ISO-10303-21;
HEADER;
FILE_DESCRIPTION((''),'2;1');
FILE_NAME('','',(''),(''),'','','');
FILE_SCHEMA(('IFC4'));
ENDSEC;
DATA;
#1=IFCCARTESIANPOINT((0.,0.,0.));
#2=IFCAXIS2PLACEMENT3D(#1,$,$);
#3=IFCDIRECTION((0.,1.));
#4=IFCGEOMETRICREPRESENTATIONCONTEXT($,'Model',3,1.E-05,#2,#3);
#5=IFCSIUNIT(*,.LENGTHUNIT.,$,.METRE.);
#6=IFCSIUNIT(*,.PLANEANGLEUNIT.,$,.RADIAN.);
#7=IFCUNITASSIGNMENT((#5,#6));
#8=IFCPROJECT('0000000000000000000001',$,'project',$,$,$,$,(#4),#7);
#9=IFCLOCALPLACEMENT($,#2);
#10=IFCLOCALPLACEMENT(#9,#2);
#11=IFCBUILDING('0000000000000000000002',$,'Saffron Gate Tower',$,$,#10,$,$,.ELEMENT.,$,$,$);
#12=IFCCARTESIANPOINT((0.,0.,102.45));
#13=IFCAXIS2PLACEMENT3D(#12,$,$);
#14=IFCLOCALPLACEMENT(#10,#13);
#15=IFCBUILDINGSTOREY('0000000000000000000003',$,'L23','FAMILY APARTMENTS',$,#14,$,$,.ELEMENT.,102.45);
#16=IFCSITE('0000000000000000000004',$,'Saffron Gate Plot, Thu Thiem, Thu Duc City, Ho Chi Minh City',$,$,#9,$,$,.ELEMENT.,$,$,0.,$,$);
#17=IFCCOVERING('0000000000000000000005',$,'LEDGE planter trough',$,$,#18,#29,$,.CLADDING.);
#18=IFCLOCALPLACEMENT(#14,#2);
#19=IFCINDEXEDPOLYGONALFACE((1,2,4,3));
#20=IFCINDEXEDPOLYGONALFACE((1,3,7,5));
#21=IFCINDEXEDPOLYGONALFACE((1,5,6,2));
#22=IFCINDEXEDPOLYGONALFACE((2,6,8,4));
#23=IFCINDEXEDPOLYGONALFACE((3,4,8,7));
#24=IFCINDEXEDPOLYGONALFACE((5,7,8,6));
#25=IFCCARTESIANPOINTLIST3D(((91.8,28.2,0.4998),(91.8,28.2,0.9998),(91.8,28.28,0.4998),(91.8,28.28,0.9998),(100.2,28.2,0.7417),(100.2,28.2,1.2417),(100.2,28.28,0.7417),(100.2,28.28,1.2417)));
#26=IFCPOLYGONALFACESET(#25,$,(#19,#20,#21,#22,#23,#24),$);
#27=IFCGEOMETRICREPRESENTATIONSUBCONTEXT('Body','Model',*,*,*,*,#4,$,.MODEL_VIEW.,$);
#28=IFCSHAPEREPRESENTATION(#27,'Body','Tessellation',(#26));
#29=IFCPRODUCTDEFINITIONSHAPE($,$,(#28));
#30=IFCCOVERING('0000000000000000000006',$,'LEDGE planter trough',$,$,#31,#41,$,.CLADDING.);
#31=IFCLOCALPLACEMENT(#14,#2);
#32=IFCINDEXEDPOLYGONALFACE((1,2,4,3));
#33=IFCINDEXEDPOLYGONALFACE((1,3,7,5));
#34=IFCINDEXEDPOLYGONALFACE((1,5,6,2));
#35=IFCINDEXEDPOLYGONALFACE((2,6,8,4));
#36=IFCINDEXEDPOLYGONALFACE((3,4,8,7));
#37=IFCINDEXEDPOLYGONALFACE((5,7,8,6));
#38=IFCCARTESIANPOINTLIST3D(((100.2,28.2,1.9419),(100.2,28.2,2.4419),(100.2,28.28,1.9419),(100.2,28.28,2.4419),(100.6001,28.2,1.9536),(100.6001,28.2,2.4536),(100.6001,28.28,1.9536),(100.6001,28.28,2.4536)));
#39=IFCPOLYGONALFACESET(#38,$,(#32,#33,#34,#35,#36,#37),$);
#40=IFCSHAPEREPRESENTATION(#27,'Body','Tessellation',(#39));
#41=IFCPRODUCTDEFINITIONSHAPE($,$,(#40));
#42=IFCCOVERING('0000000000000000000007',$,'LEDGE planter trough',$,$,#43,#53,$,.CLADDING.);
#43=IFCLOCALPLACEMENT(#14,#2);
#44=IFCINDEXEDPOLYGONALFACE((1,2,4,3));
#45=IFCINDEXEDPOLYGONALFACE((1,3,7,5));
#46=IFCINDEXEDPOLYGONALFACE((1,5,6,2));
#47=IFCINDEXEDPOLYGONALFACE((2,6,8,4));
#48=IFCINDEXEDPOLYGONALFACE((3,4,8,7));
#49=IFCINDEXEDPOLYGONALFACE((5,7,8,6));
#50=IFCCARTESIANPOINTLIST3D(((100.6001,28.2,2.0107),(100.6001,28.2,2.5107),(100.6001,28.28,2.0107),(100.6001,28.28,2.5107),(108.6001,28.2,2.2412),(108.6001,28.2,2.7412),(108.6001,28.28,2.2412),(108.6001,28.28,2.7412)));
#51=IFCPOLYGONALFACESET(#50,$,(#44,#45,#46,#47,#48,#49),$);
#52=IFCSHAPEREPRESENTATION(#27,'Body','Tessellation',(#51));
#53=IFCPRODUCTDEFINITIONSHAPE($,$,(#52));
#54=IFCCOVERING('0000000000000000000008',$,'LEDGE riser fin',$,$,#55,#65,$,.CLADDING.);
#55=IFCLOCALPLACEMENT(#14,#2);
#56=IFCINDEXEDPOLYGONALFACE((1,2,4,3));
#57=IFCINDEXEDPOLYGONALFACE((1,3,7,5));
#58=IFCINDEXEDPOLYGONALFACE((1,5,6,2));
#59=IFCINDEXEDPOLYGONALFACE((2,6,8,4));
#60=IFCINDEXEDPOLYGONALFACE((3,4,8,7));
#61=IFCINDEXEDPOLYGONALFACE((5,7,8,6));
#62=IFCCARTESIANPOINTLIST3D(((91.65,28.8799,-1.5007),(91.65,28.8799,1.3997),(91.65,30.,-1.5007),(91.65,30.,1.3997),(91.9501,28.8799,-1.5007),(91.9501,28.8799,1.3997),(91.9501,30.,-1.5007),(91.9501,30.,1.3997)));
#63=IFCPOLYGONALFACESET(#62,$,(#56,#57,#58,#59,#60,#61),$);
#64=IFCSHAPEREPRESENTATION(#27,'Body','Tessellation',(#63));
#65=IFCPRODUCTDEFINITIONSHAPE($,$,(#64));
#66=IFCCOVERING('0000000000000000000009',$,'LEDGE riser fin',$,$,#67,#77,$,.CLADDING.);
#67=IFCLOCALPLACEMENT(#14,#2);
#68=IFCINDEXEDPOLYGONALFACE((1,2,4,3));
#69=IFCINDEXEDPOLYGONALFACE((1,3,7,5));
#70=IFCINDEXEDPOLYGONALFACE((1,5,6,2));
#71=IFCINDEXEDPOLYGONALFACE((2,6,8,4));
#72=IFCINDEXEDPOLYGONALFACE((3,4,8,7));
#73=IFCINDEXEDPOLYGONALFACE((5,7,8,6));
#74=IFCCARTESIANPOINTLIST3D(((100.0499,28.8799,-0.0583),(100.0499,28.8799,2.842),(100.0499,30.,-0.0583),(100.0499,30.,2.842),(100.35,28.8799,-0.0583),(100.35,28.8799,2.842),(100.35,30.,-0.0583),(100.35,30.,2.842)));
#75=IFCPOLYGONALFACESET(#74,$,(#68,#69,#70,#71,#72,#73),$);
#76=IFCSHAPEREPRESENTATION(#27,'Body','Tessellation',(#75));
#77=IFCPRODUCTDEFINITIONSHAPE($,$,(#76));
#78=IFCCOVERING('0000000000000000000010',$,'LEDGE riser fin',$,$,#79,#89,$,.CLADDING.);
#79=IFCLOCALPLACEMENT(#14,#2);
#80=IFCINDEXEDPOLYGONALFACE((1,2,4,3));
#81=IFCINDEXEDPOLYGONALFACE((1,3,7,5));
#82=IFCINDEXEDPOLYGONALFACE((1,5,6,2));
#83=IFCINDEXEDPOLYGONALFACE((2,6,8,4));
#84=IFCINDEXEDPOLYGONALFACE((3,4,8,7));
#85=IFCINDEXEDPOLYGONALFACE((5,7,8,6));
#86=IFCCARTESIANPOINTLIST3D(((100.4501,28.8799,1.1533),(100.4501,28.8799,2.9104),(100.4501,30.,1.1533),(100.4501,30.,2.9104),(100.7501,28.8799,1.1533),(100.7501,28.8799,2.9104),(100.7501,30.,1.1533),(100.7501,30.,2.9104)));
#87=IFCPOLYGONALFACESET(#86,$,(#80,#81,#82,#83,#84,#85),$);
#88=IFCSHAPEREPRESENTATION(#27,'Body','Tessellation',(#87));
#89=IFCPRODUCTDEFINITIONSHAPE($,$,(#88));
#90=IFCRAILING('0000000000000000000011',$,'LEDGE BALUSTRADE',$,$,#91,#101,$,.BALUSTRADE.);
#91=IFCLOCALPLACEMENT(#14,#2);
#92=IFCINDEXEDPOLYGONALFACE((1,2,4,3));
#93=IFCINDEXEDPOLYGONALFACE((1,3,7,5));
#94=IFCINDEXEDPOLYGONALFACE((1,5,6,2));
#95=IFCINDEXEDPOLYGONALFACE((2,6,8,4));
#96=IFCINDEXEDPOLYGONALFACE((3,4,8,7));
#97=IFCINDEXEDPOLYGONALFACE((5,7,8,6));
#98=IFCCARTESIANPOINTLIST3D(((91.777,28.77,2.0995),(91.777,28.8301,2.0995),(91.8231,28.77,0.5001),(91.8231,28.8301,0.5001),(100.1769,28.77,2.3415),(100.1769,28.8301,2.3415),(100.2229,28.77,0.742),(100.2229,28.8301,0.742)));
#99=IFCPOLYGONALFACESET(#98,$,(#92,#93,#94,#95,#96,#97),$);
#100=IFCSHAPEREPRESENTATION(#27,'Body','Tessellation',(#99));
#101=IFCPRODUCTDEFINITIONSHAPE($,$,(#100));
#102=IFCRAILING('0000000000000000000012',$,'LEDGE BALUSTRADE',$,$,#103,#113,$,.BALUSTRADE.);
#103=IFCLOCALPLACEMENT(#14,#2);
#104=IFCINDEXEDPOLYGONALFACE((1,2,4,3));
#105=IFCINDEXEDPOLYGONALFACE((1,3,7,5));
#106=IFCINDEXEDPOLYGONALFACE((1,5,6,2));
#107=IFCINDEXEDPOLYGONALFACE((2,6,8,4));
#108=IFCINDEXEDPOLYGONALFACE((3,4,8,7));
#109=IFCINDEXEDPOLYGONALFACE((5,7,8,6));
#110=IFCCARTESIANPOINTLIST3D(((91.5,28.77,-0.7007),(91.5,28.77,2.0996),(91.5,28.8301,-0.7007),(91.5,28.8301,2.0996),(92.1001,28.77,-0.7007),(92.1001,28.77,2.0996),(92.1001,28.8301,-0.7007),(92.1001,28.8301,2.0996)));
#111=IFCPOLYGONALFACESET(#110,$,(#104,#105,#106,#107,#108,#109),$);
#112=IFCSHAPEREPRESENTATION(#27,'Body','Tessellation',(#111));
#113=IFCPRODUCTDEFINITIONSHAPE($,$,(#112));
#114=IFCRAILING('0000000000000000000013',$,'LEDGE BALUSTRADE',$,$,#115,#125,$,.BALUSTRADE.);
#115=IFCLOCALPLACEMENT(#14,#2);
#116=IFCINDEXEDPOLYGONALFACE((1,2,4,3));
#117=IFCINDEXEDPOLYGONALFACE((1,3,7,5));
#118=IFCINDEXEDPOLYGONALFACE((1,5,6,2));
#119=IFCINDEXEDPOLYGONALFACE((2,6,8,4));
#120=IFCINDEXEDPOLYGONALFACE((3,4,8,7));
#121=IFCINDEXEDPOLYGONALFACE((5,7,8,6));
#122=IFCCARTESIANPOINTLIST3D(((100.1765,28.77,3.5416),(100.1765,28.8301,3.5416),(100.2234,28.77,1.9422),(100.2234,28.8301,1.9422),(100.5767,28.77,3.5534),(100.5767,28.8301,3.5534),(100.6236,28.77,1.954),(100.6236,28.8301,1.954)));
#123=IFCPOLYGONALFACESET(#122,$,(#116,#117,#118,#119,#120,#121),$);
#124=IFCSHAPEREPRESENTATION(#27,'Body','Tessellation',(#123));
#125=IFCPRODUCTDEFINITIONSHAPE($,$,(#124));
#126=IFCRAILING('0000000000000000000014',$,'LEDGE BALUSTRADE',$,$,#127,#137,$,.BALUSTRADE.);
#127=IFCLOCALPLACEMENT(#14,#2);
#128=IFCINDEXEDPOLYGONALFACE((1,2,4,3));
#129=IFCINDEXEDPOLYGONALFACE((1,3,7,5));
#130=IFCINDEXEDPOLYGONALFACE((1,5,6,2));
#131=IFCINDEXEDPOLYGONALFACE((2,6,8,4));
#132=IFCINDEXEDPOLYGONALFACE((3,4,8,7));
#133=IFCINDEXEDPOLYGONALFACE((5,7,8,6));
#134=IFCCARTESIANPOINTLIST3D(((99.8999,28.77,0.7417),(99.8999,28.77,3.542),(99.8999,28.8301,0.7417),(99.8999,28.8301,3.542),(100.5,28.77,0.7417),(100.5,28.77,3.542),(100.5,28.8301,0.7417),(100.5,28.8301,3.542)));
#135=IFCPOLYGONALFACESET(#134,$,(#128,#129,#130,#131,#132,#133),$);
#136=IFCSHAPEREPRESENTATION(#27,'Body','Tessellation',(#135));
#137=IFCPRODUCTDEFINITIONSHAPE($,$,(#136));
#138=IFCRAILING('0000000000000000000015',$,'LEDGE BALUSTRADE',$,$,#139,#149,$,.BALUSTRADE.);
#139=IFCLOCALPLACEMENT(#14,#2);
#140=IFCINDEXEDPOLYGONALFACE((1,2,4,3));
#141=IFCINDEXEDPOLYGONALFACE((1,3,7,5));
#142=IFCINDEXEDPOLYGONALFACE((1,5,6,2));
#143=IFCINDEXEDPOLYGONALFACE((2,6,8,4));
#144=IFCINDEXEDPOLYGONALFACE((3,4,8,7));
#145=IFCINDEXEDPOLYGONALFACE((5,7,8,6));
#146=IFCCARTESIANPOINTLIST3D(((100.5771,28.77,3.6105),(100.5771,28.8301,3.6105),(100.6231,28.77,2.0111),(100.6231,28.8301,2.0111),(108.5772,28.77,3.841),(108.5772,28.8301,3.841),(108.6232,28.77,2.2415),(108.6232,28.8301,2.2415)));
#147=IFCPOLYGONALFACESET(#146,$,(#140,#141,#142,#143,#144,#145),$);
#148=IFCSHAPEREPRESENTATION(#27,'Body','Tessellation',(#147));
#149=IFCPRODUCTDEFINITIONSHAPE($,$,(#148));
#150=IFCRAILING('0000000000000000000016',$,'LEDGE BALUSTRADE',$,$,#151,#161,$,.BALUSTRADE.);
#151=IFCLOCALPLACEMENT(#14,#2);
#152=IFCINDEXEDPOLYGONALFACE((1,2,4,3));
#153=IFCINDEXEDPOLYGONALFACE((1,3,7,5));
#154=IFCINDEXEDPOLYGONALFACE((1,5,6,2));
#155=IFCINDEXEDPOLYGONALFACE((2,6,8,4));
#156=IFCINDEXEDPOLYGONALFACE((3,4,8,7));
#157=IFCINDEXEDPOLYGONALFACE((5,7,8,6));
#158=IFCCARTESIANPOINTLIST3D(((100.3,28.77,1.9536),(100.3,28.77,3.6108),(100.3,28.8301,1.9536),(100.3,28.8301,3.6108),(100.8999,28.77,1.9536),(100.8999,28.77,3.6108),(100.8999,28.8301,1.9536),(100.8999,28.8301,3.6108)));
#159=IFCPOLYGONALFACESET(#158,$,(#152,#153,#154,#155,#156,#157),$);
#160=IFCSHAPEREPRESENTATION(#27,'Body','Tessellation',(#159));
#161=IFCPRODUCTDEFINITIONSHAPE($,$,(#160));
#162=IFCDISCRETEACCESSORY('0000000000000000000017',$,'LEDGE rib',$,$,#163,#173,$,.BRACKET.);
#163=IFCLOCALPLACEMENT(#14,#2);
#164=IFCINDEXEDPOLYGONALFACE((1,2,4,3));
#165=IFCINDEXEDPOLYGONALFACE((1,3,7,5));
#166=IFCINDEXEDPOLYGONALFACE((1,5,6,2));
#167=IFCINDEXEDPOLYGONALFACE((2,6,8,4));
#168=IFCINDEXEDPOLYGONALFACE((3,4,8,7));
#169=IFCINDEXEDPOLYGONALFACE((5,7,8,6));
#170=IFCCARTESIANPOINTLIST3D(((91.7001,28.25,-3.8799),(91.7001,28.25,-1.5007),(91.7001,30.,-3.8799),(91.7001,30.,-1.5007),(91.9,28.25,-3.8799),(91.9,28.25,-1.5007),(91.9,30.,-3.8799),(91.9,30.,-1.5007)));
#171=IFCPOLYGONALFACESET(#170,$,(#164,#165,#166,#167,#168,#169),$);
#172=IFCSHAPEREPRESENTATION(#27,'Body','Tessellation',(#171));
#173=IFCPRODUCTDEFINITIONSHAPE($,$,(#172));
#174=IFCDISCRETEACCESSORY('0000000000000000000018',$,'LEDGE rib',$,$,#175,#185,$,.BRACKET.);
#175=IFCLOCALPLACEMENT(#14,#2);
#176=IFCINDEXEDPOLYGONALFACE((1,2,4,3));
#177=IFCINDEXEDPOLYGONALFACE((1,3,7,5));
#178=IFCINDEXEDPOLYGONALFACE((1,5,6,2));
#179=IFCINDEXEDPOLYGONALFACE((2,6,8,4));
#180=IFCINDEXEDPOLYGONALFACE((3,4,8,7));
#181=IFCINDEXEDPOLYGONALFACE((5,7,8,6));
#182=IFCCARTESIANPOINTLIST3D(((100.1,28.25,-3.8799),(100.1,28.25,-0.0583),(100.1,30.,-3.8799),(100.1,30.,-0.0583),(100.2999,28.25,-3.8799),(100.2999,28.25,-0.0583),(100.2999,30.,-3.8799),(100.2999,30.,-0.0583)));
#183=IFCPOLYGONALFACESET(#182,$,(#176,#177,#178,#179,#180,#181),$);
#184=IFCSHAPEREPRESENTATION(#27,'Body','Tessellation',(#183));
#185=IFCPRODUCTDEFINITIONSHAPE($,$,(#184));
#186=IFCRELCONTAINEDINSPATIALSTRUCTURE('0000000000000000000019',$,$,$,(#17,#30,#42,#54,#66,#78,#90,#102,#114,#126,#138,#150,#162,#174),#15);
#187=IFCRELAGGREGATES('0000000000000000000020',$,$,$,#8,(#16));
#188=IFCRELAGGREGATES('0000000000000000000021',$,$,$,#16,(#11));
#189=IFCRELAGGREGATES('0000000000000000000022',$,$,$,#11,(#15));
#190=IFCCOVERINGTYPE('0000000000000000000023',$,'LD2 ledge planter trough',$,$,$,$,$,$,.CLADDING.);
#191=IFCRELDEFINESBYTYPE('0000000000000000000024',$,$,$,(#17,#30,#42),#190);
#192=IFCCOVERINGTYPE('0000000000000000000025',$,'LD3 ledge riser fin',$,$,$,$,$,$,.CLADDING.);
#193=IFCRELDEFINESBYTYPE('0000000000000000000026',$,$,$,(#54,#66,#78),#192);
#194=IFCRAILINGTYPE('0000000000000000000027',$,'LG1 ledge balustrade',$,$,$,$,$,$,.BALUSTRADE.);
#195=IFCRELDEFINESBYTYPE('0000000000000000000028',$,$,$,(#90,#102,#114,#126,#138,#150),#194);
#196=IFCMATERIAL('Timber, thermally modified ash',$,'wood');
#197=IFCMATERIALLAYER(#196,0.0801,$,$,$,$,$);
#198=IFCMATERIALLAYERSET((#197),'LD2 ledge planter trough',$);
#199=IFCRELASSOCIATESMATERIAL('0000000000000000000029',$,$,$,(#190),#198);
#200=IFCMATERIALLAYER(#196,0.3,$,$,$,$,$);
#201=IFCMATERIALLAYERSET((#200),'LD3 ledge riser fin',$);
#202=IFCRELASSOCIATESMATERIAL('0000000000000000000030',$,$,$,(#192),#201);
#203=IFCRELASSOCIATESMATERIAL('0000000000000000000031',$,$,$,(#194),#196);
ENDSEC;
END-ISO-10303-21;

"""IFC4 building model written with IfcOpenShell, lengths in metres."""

from ifc_helpers import new_model, si_unit, direction, frame, origin, origin_2d, place, context, subcontext, project, spatial, polyline, rectangle, outline, extrude, material, layer, layer_set, type_object, element, save


model = new_model("IFC4")

# Units and contexts
model_context = context("Model", 3, precision=1e-05, world=origin(), true_north=direction((0.0, 1.0)))
body_context = subcontext(model_context, "Body", "Model", "MODEL_VIEW")
ifc_project = project(units=[si_unit("LENGTHUNIT", "METRE"), si_unit("PLANEANGLEUNIT", "RADIAN")], contexts=[model_context])

# Site, building, storey
site_placement = place(None, origin())
site = spatial("IfcSite", under=ifc_project, at=site_placement, Name="Saffron Gate Plot, Thu Thiem, Thu Duc City, Ho Chi Minh City", CompositionType="ELEMENT", RefElevation=0.0)
building_placement = place(site_placement, origin())
building = spatial("IfcBuilding", under=site, at=building_placement, Name="Saffron Gate Tower", CompositionType="ELEMENT")
storey_placement = place(building_placement, frame((0.0, 0.0, 102.45)))
storey = spatial("IfcBuildingStorey", under=building, at=storey_placement, Name="L23", Description="FAMILY APARTMENTS", CompositionType="ELEMENT", Elevation=102.45)

# Coverings
ifc_material_1 = material(Name="Timber, thermally modified ash", Category="wood")
ifc_layer_1 = layer(ifc_material_1, 0.0801)
ifc_layer_set_1 = layer_set([ifc_layer_1], Name="LD2 ledge planter trough")
covering_type_1 = type_object("IfcCoveringType", Name="LD2 ledge planter trough", PredefinedType="CLADDING", material=ifc_layer_set_1)
covering_1_placement = place(storey_placement, frame((91.8, 28.2, 0.4998), z_axis=(0.0, -1.0, 0.0), x_axis=(0.999585, 0.0, 0.028791)))
element("IfcCovering", 1, at=covering_1_placement, inside=storey, type_object=covering_type_1, Name="LEDGE planter trough", PredefinedType="CLADDING", context=body_context, shape_type="SweptSolid", body=[
    extrude(outline(polyline([(0.0, 0.0), (8.4034, 0.0), (8.4178, 0.4998), (0.0144, 0.4998), (0.0, 0.0)])), origin(), (0.0, 0.0, -1.0), 0.0801),
])
covering_2_placement = place(storey_placement, frame((100.2, 28.2, 1.9419), z_axis=(0.0, -1.0, 0.0), x_axis=(0.999571, 0.0, 0.029274)))
element("IfcCovering", 2, at=covering_2_placement, inside=storey, type_object=covering_type_1, Name="LEDGE planter trough", PredefinedType="CLADDING", context=body_context, shape_type="SweptSolid", body=[
    extrude(outline(polyline([(0.0, 0.0), (0.4003, 0.0), (0.415, 0.4998), (0.0146, 0.4998), (0.0, 0.0)])), origin(), (0.0, 0.0, -1.0), 0.0801),
])
covering_3_placement = place(storey_placement, frame((100.6001, 28.2, 2.0107), z_axis=(0.0, -1.0, 0.0), x_axis=(0.999585, 0.0, 0.028797)))
element("IfcCovering", 3, at=covering_3_placement, inside=storey, type_object=covering_type_1, Name="LEDGE planter trough", PredefinedType="CLADDING", context=body_context, shape_type="SweptSolid", body=[
    extrude(outline(polyline([(0.0, 0.0), (8.0033, 0.0), (8.0177, 0.4998), (0.0144, 0.4998), (0.0, 0.0)])), origin(), (0.0, 0.0, -1.0), 0.0801),
])
ifc_layer_2 = layer(ifc_material_1, 0.3)
ifc_layer_set_2 = layer_set([ifc_layer_2], Name="LD3 ledge riser fin")
covering_type_2 = type_object("IfcCoveringType", Name="LD3 ledge riser fin", PredefinedType="CLADDING", material=ifc_layer_set_2)
for number, where, z_axis, x_axis, name in (
    (4, (91.8, 29.4399, -1.5007), (0.0, 0.0, 1.0), (1.0, 0.0, 0.0), "LEDGE riser fin"),
    (5, (100.2, 29.4399, -0.0583), (0.0, 0.0, 1.0), (1.0, 0.0, 0.0), "LEDGE riser fin"),
):
    element("IfcCovering", number, at=place(storey_placement, frame(where, z_axis=z_axis, x_axis=x_axis)), inside=storey, type_object=covering_type_2, Name=name, PredefinedType="CLADDING", context=body_context, shape_type="SweptSolid", body=[
        extrude(rectangle(XDim=0.3, YDim=1.1201, at=origin_2d()), origin(), (0.0, 0.0, 1.0), 2.9004),
    ])
covering_4_placement = place(storey_placement, frame((100.6001, 29.4399, 1.1533), z_axis=(0.0, 0.0, 1.0), x_axis=(1.0, 0.0, 0.0)))
element("IfcCovering", 6, at=covering_4_placement, inside=storey, type_object=covering_type_2, Name="LEDGE riser fin", PredefinedType="CLADDING", context=body_context, shape_type="SweptSolid", body=[
    extrude(rectangle(XDim=0.3, YDim=1.1201, at=origin_2d()), origin(), (0.0, 0.0, 1.0), 1.7571),
])

# Railings
railing_type = type_object("IfcRailingType", Name="LG1 ledge balustrade", PredefinedType="BALUSTRADE", material=ifc_material_1)
railing_1_placement = place(storey_placement, frame((91.8, 28.8, 0.4998)))
element("IfcRailing", 7, at=railing_1_placement, inside=storey, type_object=railing_type, Name="LEDGE BALUSTRADE", PredefinedType="BALUSTRADE", context=body_context, shape_type="SweptSolid", body=[
    extrude(rectangle(XDim=0.0601, YDim=1.6001, at=origin_2d()), frame((0.0, 0.0, 0.8), z_axis=(0.999585, 0.0, 0.028791), x_axis=(0.0, 1.0, 0.0)), (0.0, 0.0, 1.0), 8.4033),
])
railing_2_placement = place(storey_placement, frame((91.5, 28.8, -0.7007)))
element("IfcRailing", 8, at=railing_2_placement, inside=storey, type_object=railing_type, Name="LEDGE BALUSTRADE", PredefinedType="BALUSTRADE", context=body_context, shape_type="SweptSolid", body=[
    extrude(rectangle(XDim=0.0601, YDim=2.8003, at=origin_2d()), frame((0.0, 0.0, 1.4001), z_axis=(1.0, 0.0, 0.0), x_axis=(0.0, 1.0, 0.0)), (0.0, 0.0, 1.0), 0.6001),
])
railing_3_placement = place(storey_placement, frame((100.2, 28.8, 1.9419)))
element("IfcRailing", 9, at=railing_3_placement, inside=storey, type_object=railing_type, Name="LEDGE BALUSTRADE", PredefinedType="BALUSTRADE", context=body_context, shape_type="SweptSolid", body=[
    extrude(rectangle(XDim=0.0601, YDim=1.6001, at=origin_2d()), frame((0.0, 0.0, 0.8), z_axis=(0.999571, 0.0, 0.029274), x_axis=(0.0, 1.0, 0.0)), (0.0, 0.0, 1.0), 0.4004),
])
railing_4_placement = place(storey_placement, frame((99.8999, 28.8, 0.7417)))
element("IfcRailing", 10, at=railing_4_placement, inside=storey, type_object=railing_type, Name="LEDGE BALUSTRADE", PredefinedType="BALUSTRADE", context=body_context, shape_type="SweptSolid", body=[
    extrude(rectangle(XDim=0.0601, YDim=2.8003, at=origin_2d()), frame((0.0, 0.0, 1.4001), z_axis=(1.0, 0.0, 0.0), x_axis=(0.0, 1.0, 0.0)), (0.0, 0.0, 1.0), 0.6001),
])
railing_5_placement = place(storey_placement, frame((100.6001, 28.8, 2.0107)))
element("IfcRailing", 11, at=railing_5_placement, inside=storey, type_object=railing_type, Name="LEDGE BALUSTRADE", PredefinedType="BALUSTRADE", context=body_context, shape_type="SweptSolid", body=[
    extrude(rectangle(XDim=0.0601, YDim=1.6001, at=origin_2d()), frame((0.0, 0.0, 0.8), z_axis=(0.999585, 0.0, 0.028797), x_axis=(0.0, 1.0, 0.0)), (0.0, 0.0, 1.0), 8.0034),
])
railing_6_placement = place(storey_placement, frame((100.3, 28.8, 1.9536)))
element("IfcRailing", 12, at=railing_6_placement, inside=storey, type_object=railing_type, Name="LEDGE BALUSTRADE", PredefinedType="BALUSTRADE", context=body_context, shape_type="SweptSolid", body=[
    extrude(rectangle(XDim=0.0601, YDim=1.6572, at=origin_2d()), frame((0.0, 0.0, 0.8286), z_axis=(1.0, 0.0, 0.0), x_axis=(0.0, 1.0, 0.0)), (0.0, 0.0, 1.0), 0.5999),
])

# Discrete accessories
discrete_accessory_1_placement = place(storey_placement, frame((91.8, 29.125, -3.8799), z_axis=(0.0, 0.0, 1.0), x_axis=(1.0, 0.0, 0.0)))
element("IfcDiscreteAccessory", 13, at=discrete_accessory_1_placement, inside=storey, Name="LEDGE rib", PredefinedType="BRACKET", context=body_context, shape_type="SweptSolid", body=[
    extrude(rectangle(XDim=0.2, YDim=1.75, at=origin_2d()), origin(), (0.0, 0.0, 1.0), 2.3792),
])
discrete_accessory_2_placement = place(storey_placement, frame((100.2, 29.125, -3.8799), z_axis=(0.0, 0.0, 1.0), x_axis=(1.0, 0.0, 0.0)))
element("IfcDiscreteAccessory", 14, at=discrete_accessory_2_placement, inside=storey, Name="LEDGE rib", PredefinedType="BRACKET", context=body_context, shape_type="SweptSolid", body=[
    extrude(rectangle(XDim=0.2, YDim=1.75, at=origin_2d()), origin(), (0.0, 0.0, 1.0), 3.8215),
])

save(model, "model.ifc")
